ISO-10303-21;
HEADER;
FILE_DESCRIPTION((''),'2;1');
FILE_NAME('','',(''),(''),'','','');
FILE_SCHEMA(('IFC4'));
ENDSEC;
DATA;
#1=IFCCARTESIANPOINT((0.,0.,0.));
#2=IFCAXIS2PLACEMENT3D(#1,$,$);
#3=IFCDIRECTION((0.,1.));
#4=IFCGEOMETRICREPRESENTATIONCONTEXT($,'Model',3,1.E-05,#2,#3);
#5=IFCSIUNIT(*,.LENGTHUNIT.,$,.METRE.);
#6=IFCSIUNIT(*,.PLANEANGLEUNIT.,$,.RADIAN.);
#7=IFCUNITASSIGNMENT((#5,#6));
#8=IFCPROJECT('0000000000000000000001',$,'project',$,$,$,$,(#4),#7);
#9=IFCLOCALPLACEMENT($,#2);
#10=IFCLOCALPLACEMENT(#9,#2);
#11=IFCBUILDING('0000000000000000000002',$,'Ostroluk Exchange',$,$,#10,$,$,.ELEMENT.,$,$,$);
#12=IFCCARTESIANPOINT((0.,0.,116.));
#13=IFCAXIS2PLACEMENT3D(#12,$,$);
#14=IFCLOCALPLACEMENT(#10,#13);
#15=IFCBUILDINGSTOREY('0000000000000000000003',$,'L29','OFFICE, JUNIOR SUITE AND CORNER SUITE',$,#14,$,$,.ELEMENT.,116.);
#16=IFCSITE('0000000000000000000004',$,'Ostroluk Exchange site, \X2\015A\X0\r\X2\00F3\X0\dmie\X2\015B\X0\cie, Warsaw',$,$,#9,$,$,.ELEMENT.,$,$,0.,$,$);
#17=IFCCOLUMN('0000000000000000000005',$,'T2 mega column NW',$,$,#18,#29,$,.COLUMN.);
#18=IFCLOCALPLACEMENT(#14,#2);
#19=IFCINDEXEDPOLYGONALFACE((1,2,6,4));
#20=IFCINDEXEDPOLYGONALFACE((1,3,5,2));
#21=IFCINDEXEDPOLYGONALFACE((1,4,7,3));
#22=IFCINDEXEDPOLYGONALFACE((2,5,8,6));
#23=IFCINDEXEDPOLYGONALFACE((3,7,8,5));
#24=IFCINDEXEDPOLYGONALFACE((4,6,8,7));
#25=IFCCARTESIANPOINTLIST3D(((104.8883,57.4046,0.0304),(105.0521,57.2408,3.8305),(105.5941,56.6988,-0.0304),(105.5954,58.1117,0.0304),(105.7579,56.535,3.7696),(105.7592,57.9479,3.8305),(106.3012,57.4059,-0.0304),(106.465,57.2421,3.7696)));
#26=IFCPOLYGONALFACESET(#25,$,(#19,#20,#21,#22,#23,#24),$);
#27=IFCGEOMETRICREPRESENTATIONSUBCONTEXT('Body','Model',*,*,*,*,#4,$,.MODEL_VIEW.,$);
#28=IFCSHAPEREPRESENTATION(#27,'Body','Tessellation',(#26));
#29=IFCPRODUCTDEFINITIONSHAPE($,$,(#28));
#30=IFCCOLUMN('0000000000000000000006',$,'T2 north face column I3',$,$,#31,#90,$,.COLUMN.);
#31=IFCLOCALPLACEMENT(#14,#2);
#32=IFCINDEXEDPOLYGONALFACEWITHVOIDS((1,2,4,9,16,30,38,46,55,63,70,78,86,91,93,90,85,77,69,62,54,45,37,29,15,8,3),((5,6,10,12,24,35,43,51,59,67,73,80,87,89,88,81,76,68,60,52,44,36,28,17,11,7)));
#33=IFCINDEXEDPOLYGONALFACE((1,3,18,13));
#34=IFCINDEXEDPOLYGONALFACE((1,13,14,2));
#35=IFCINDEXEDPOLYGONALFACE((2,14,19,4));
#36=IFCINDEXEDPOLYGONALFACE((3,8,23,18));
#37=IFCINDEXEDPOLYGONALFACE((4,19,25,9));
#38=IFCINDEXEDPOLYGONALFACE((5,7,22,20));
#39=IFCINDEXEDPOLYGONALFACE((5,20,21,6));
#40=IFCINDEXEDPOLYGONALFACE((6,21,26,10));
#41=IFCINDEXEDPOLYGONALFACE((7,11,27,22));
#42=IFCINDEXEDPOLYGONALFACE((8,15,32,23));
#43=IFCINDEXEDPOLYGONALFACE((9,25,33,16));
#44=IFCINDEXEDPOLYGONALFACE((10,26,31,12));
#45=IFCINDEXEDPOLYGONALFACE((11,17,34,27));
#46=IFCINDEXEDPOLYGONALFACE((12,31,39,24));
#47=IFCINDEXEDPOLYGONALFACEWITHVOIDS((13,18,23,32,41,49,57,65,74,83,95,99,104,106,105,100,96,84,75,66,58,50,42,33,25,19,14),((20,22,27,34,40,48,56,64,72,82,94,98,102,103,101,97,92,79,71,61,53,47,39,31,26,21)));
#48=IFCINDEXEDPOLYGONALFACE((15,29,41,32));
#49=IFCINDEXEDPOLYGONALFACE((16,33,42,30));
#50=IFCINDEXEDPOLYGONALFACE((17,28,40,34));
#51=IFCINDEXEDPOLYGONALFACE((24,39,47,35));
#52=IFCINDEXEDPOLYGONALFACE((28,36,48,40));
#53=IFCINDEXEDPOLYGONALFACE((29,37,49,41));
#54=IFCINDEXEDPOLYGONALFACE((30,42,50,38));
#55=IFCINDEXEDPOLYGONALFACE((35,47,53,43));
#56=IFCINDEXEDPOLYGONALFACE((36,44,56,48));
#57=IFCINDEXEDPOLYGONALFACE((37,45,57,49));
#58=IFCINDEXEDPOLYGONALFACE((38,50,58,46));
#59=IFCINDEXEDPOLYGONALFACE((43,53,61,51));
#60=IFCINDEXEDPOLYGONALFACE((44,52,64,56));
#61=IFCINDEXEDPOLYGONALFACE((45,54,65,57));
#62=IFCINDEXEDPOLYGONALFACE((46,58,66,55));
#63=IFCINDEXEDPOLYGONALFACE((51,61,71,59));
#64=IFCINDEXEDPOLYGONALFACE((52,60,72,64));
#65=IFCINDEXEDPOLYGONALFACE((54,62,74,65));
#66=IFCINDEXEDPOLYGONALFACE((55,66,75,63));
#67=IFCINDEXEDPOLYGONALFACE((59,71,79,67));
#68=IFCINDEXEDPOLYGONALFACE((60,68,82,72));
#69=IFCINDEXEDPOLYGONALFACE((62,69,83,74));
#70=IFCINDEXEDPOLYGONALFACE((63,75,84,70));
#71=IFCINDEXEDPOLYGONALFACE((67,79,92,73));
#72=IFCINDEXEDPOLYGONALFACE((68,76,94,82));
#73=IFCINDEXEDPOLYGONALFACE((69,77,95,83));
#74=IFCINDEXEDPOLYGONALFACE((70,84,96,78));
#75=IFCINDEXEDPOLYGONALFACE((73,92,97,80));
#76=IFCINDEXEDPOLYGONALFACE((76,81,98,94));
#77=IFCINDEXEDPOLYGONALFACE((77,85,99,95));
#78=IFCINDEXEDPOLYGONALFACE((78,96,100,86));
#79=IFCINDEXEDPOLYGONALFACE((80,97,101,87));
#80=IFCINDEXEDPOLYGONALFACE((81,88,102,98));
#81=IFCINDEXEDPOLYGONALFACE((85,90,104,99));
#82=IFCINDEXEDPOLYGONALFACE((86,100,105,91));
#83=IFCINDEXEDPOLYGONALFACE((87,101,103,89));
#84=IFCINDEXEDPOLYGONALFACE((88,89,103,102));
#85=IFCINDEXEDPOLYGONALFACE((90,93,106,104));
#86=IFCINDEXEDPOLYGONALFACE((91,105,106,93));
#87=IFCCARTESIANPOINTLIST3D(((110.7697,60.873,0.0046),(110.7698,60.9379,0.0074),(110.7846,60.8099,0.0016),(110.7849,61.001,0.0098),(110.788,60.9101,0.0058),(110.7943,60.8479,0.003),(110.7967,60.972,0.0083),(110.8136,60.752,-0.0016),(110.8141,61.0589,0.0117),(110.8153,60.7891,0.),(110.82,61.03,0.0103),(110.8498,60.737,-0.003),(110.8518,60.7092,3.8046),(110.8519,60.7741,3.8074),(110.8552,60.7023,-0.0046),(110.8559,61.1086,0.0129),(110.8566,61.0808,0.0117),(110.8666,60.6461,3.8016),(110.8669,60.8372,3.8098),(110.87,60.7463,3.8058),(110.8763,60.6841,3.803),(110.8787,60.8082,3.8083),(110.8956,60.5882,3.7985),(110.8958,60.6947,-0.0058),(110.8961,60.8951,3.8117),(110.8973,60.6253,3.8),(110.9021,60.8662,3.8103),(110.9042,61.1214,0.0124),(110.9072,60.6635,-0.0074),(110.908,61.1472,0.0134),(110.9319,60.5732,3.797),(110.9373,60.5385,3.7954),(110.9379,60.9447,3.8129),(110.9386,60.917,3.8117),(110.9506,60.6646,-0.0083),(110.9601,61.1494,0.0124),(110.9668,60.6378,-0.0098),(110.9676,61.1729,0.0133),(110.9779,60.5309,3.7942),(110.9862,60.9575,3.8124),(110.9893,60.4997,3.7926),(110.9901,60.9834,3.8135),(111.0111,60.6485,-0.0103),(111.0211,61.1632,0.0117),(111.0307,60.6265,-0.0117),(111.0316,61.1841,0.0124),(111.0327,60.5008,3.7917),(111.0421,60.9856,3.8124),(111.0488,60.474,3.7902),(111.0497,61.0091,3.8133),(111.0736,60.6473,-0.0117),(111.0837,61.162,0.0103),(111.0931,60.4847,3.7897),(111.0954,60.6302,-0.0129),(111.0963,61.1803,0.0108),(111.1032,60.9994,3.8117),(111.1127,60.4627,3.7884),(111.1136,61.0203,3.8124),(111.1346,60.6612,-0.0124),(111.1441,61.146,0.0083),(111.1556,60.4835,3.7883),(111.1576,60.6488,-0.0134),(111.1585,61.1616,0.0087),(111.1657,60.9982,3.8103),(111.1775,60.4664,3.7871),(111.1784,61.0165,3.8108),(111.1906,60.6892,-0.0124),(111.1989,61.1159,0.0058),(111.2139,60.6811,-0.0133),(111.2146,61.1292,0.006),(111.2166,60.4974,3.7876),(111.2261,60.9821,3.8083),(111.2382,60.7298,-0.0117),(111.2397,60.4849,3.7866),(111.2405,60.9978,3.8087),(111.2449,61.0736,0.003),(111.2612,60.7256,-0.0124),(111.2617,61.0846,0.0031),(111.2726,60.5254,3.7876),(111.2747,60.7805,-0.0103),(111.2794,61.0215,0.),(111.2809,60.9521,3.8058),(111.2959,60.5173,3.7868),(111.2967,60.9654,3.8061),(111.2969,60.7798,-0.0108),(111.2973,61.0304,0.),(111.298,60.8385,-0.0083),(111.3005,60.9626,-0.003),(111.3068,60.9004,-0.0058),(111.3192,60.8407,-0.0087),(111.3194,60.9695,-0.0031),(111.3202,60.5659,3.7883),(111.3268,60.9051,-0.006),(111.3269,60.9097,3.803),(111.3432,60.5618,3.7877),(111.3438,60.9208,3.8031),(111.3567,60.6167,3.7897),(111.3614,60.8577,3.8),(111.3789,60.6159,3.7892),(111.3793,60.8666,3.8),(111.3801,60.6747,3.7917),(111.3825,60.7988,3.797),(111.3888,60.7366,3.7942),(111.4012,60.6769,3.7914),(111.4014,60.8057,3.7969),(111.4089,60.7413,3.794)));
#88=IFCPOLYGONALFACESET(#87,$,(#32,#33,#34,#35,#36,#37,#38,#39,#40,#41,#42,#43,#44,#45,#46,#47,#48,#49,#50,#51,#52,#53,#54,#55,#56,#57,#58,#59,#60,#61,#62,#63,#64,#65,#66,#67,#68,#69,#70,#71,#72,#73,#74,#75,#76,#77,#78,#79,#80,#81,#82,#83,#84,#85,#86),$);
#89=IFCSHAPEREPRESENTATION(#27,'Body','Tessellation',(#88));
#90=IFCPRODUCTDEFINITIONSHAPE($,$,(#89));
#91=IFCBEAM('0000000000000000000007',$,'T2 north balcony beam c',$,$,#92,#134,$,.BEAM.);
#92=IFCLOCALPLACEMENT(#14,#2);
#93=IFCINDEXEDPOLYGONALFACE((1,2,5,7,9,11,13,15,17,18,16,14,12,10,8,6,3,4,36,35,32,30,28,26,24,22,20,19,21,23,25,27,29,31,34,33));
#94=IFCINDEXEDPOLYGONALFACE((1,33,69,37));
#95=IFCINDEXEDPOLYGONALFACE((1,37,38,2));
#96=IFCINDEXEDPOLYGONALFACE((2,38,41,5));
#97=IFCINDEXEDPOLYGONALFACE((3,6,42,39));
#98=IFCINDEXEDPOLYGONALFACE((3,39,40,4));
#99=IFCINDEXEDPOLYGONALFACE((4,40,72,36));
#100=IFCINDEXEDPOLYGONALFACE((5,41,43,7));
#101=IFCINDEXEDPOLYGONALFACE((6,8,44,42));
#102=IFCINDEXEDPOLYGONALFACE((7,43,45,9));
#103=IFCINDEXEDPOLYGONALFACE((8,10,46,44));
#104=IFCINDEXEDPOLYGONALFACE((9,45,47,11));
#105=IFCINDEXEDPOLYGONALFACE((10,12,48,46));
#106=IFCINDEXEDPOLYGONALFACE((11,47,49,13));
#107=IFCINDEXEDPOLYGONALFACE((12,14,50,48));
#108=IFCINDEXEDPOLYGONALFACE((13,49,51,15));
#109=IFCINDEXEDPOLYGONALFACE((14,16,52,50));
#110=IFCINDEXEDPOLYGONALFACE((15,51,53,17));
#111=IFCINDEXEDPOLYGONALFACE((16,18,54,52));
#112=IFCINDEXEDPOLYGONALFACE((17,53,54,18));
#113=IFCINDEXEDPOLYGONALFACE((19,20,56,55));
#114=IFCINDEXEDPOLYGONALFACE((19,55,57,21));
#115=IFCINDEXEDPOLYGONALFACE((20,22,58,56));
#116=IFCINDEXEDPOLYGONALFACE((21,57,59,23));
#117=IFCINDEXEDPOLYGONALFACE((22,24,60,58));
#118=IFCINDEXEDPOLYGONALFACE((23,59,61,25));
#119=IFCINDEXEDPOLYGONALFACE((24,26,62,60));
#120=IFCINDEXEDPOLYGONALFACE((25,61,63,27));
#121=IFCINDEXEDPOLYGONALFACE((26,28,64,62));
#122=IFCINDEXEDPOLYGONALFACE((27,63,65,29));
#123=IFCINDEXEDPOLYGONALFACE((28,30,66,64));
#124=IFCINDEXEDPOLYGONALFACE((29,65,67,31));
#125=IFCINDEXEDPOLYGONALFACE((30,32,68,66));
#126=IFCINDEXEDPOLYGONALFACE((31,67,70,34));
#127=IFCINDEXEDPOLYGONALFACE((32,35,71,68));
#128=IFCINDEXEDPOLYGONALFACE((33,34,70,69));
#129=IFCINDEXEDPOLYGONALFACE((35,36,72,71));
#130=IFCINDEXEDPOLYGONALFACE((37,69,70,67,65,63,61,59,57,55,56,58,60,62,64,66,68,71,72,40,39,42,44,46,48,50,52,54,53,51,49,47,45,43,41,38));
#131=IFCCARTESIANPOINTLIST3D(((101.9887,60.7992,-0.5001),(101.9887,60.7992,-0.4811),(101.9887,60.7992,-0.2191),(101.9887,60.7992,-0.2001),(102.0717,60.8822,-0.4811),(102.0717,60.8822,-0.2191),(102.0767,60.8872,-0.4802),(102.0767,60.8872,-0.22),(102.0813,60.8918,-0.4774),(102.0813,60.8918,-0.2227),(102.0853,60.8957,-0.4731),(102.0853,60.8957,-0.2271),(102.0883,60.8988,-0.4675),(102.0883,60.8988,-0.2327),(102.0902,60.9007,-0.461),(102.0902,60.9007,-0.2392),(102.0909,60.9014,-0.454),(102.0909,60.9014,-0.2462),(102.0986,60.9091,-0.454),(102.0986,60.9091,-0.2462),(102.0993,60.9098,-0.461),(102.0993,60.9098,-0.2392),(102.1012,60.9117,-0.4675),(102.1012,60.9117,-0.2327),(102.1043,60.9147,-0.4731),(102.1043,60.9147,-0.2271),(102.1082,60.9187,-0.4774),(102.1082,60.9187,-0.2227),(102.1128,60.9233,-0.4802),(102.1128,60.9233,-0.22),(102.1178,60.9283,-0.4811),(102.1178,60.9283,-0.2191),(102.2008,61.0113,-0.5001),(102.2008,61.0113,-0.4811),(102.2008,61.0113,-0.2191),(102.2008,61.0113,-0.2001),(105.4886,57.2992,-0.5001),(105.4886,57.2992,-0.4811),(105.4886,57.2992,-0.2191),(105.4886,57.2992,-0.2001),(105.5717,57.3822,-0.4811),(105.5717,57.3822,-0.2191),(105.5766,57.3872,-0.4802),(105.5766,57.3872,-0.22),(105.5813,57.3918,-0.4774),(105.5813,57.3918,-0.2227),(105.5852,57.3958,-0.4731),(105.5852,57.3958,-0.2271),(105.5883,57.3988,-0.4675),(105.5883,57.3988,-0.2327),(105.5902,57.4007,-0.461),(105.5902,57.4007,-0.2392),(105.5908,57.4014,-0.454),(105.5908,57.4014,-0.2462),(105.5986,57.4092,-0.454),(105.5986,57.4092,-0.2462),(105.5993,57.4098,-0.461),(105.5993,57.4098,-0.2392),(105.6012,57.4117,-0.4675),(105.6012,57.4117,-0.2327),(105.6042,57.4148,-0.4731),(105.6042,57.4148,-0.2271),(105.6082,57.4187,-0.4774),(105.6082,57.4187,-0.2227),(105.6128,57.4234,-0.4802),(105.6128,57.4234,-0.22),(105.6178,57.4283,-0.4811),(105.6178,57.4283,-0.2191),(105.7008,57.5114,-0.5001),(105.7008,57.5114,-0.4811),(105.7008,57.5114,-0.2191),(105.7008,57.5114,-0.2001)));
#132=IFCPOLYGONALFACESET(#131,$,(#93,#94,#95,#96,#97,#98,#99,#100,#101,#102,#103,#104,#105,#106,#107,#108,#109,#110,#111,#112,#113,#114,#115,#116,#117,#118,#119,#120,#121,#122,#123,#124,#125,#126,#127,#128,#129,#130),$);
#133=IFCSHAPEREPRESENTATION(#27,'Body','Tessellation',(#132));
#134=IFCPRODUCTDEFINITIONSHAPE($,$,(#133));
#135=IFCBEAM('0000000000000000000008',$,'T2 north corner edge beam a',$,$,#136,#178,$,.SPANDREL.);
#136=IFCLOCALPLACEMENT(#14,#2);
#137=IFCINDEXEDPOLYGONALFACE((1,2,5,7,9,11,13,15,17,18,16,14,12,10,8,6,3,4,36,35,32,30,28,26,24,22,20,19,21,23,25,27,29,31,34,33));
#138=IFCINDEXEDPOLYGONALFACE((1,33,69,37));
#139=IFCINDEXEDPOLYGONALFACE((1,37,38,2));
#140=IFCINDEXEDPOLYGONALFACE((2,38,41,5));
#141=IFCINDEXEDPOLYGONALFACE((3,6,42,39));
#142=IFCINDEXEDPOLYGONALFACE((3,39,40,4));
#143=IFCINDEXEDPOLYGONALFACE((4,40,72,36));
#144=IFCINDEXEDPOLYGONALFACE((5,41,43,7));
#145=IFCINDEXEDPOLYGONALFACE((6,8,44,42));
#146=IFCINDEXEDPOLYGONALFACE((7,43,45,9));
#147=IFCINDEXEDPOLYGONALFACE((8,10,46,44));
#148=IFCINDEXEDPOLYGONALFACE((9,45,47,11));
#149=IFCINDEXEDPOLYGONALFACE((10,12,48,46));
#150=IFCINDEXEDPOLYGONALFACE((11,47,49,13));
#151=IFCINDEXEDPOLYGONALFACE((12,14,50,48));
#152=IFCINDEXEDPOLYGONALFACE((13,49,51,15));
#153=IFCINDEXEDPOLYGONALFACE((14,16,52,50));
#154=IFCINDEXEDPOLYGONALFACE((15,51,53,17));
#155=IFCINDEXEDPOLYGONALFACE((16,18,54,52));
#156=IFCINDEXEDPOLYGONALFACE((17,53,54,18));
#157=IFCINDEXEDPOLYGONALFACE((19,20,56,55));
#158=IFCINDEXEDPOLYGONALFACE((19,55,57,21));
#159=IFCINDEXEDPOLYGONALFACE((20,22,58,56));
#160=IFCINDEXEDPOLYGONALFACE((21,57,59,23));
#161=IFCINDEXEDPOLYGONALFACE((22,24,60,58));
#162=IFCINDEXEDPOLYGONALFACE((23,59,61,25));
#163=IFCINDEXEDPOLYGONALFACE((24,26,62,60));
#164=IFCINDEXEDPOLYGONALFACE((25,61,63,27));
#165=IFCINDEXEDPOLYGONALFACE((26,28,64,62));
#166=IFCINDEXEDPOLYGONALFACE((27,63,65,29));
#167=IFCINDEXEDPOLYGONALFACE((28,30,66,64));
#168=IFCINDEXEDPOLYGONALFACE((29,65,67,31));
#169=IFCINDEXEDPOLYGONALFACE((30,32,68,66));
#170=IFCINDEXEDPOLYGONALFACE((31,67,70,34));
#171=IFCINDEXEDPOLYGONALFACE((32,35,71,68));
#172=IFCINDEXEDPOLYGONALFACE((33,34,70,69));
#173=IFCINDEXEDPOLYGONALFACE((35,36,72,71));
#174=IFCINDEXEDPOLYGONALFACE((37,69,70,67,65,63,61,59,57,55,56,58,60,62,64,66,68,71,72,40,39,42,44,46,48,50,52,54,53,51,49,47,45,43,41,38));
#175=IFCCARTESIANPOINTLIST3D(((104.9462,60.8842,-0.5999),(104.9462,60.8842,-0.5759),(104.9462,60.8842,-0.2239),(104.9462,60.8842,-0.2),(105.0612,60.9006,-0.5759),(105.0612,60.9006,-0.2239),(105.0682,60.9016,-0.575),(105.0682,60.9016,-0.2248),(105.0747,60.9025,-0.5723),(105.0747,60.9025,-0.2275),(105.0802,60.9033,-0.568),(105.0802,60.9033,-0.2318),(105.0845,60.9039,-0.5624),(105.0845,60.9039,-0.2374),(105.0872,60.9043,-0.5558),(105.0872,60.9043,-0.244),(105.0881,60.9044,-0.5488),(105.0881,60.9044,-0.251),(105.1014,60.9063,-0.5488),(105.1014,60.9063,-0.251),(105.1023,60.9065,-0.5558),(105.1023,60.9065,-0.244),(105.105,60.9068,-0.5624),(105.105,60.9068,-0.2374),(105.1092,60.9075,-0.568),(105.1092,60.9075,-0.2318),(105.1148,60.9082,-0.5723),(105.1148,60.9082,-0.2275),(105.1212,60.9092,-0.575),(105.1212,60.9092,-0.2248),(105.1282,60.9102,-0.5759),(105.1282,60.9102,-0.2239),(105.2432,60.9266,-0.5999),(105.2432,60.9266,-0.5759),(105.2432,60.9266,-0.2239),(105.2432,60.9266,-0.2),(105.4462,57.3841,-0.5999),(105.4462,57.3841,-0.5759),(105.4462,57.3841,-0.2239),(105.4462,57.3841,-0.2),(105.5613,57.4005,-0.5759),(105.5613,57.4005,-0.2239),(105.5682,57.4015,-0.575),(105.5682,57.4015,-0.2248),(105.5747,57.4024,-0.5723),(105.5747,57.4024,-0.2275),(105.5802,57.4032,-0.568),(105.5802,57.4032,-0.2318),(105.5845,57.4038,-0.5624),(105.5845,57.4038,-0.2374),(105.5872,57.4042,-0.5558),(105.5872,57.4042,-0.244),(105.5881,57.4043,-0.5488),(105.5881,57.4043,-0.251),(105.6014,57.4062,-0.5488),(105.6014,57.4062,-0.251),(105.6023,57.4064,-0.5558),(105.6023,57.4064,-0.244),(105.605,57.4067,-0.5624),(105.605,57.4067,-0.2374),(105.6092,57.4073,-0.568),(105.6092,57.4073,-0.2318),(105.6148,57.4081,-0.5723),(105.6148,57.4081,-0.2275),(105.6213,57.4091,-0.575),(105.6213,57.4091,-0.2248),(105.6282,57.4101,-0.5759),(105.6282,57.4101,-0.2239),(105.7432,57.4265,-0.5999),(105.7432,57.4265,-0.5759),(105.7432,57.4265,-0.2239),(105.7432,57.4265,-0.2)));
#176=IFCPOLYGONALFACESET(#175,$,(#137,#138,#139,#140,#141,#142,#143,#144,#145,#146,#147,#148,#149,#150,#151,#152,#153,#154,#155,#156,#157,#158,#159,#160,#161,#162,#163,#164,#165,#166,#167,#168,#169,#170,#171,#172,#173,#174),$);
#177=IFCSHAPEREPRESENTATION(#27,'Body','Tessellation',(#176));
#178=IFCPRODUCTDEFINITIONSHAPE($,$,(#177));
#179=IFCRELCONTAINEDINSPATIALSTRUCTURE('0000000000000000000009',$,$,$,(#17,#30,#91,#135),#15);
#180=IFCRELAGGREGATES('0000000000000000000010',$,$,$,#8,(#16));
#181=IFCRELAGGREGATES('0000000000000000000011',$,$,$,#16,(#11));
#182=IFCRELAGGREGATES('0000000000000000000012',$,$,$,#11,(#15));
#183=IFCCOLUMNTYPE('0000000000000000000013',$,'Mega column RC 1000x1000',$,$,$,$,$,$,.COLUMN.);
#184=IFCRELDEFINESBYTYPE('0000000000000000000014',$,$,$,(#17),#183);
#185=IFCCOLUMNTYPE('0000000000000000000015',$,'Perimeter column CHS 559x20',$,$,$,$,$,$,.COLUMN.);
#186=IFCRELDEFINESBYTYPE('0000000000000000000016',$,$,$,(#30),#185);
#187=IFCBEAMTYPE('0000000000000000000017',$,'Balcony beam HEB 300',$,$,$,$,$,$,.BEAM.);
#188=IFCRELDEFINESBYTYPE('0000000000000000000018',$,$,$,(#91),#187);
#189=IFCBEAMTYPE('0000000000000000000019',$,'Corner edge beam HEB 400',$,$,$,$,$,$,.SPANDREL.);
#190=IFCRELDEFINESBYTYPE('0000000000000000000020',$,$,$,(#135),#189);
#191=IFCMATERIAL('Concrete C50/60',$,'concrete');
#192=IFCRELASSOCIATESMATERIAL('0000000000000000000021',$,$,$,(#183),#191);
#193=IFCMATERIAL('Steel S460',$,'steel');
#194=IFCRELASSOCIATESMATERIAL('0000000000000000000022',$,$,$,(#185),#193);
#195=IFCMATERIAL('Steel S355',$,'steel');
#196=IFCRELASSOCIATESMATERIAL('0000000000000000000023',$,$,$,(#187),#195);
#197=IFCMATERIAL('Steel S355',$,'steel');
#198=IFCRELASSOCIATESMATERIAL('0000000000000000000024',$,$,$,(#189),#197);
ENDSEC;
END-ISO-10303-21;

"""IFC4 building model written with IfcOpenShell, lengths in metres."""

from ifc_helpers import new_model, si_unit, direction, frame, origin, origin_2d, place, context, subcontext, project, spatial, rectangle, hollow_circle, i_section, extrude, material, material_profile, profile_set, type_object, element, save


model = new_model("IFC4")

# Units and contexts
model_context = context("Model", 3, precision=1e-05, world=origin(), true_north=direction((0.0, 1.0)))
body_context = subcontext(model_context, "Body", "Model", "MODEL_VIEW")
ifc_project = project(units=[si_unit("LENGTHUNIT", "METRE"), si_unit("PLANEANGLEUNIT", "RADIAN")], contexts=[model_context])

# Site, building, storey
site_placement = place(None, origin())
site = spatial("IfcSite", under=ifc_project, at=site_placement, Name="Ostroluk Exchange site, Śródmieście, Warsaw", CompositionType="ELEMENT", RefElevation=0.0)
building_placement = place(site_placement, origin())
building = spatial("IfcBuilding", under=site, at=building_placement, Name="Ostroluk Exchange", CompositionType="ELEMENT")
storey_placement = place(building_placement, frame((0.0, 0.0, 116.0)))
storey = spatial("IfcBuildingStorey", under=building, at=storey_placement, Name="L29", Description="OFFICE, JUNIOR SUITE AND CORNER SUITE", CompositionType="ELEMENT", Elevation=116.0)

# Columns
ifc_material_1 = material(Name="Concrete C50/60", Category="concrete")
ifc_material_profile_1 = material_profile(ifc_material_1, rectangle(XDim=1.0, YDim=1.0, at=origin_2d()), Name="RC 1000x1000")
ifc_profile_set_1 = profile_set([ifc_material_profile_1], Name="Concrete C50/60")
column_type_1 = type_object("IfcColumnType", Name="Mega column RC 1000x1000", PredefinedType="COLUMN", material=ifc_profile_set_1)
column_1_placement = place(storey_placement, frame((105.5947, 57.4053, 0.0), z_axis=(0.04303, -0.04303, 0.998147), x_axis=(0.707107, 0.707107, 0.0)))
element("IfcColumn", 1, at=column_1_placement, inside=storey, type_object=column_type_1, Name="T2 mega column NW", PredefinedType="COLUMN", context=body_context, shape_type="SweptSolid", body=[
    extrude(rectangle(XDim=1.0, YDim=1.0, at=origin_2d()), origin(), (0.0, 0.0, 1.0), 3.8071),
])
ifc_material_2 = material(Name="Steel S460", Category="steel")
ifc_material_profile_2 = material_profile(ifc_material_2, hollow_circle(Radius=0.2795, WallThickness=0.02, at=origin_2d()), Name="CHS 559x20")
ifc_profile_set_2 = profile_set([ifc_material_profile_2], Name="Steel S460")
column_type_2 = type_object("IfcColumnType", Name="Perimeter column CHS 559x20", PredefinedType="COLUMN", material=ifc_profile_set_2)
column_2_placement = place(storey_placement, frame((111.0474, 60.9053, 0.0), z_axis=(0.021562, -0.04306, 0.99884), x_axis=(0.894161, 0.447747, 0.0)))
element("IfcColumn", 2, at=column_2_placement, inside=storey, type_object=column_type_2, Name="T2 north face column I3", PredefinedType="COLUMN", context=body_context, shape_type="SweptSolid", body=[
    extrude(hollow_circle(Radius=0.2795, WallThickness=0.02, at=origin_2d()), origin(), (0.0, 0.0, 1.0), 3.8044),
])

# Beams
ifc_material_3 = material(Name="Steel S355", Category="steel")
ifc_material_profile_3 = material_profile(ifc_material_3, i_section(OverallWidth=0.3, OverallDepth=0.3, WebThickness=0.011, FlangeThickness=0.019, FilletRadius=0.0271, at=origin_2d()), Name="HEB 300")
ifc_profile_set_3 = profile_set([ifc_material_profile_3], Name="Steel S355")
beam_type_1 = type_object("IfcBeamType", Name="Balcony beam HEB 300", PredefinedType="BEAM", material=ifc_profile_set_3)
beam_1_placement = place(storey_placement, frame((105.5947, 57.4053, -0.3501), z_axis=(-0.707107, 0.707107, 0.0), x_axis=(-0.707107, -0.707107, 0.0)))
element("IfcBeam", 3, at=beam_1_placement, inside=storey, type_object=beam_type_1, Name="T2 north balcony beam c", PredefinedType="BEAM", context=body_context, shape_type="SweptSolid", body=[
    extrude(i_section(OverallWidth=0.3, OverallDepth=0.3, WebThickness=0.011, FlangeThickness=0.019, FilletRadius=0.0271, at=origin_2d()), origin(), (0.0, 0.0, 1.0), 4.9497),
])
ifc_material_4 = material(Name="Steel S355", Category="steel")
ifc_material_profile_4 = material_profile(ifc_material_4, i_section(OverallWidth=0.3, OverallDepth=0.3999, WebThickness=0.0134, FlangeThickness=0.0239, FilletRadius=0.0271, at=origin_2d()), Name="HEB 400")
ifc_profile_set_4 = profile_set([ifc_material_profile_4], Name="Steel S355")
beam_type_2 = type_object("IfcBeamType", Name="Corner edge beam HEB 400", PredefinedType="SPANDREL", material=ifc_profile_set_4)
for number, where, z_axis, x_axis, name in (
    (4, (105.5947, 57.4053, -0.3999), (-0.141421, 0.989949, 0.0), (-0.989949, -0.141421, 0.0), "T2 north corner edge beam a"),
):
    element("IfcBeam", number, at=place(storey_placement, frame(where, z_axis=z_axis, x_axis=x_axis)), inside=storey, type_object=beam_type_2, Name=name, PredefinedType="SPANDREL", context=body_context, shape_type="SweptSolid", body=[
        extrude(i_section(OverallWidth=0.3, OverallDepth=0.3999, WebThickness=0.0134, FlangeThickness=0.0239, FilletRadius=0.0271, at=origin_2d()), origin(), (0.0, 0.0, 1.0), 3.5356),
    ])

save(model, "model.ifc")
